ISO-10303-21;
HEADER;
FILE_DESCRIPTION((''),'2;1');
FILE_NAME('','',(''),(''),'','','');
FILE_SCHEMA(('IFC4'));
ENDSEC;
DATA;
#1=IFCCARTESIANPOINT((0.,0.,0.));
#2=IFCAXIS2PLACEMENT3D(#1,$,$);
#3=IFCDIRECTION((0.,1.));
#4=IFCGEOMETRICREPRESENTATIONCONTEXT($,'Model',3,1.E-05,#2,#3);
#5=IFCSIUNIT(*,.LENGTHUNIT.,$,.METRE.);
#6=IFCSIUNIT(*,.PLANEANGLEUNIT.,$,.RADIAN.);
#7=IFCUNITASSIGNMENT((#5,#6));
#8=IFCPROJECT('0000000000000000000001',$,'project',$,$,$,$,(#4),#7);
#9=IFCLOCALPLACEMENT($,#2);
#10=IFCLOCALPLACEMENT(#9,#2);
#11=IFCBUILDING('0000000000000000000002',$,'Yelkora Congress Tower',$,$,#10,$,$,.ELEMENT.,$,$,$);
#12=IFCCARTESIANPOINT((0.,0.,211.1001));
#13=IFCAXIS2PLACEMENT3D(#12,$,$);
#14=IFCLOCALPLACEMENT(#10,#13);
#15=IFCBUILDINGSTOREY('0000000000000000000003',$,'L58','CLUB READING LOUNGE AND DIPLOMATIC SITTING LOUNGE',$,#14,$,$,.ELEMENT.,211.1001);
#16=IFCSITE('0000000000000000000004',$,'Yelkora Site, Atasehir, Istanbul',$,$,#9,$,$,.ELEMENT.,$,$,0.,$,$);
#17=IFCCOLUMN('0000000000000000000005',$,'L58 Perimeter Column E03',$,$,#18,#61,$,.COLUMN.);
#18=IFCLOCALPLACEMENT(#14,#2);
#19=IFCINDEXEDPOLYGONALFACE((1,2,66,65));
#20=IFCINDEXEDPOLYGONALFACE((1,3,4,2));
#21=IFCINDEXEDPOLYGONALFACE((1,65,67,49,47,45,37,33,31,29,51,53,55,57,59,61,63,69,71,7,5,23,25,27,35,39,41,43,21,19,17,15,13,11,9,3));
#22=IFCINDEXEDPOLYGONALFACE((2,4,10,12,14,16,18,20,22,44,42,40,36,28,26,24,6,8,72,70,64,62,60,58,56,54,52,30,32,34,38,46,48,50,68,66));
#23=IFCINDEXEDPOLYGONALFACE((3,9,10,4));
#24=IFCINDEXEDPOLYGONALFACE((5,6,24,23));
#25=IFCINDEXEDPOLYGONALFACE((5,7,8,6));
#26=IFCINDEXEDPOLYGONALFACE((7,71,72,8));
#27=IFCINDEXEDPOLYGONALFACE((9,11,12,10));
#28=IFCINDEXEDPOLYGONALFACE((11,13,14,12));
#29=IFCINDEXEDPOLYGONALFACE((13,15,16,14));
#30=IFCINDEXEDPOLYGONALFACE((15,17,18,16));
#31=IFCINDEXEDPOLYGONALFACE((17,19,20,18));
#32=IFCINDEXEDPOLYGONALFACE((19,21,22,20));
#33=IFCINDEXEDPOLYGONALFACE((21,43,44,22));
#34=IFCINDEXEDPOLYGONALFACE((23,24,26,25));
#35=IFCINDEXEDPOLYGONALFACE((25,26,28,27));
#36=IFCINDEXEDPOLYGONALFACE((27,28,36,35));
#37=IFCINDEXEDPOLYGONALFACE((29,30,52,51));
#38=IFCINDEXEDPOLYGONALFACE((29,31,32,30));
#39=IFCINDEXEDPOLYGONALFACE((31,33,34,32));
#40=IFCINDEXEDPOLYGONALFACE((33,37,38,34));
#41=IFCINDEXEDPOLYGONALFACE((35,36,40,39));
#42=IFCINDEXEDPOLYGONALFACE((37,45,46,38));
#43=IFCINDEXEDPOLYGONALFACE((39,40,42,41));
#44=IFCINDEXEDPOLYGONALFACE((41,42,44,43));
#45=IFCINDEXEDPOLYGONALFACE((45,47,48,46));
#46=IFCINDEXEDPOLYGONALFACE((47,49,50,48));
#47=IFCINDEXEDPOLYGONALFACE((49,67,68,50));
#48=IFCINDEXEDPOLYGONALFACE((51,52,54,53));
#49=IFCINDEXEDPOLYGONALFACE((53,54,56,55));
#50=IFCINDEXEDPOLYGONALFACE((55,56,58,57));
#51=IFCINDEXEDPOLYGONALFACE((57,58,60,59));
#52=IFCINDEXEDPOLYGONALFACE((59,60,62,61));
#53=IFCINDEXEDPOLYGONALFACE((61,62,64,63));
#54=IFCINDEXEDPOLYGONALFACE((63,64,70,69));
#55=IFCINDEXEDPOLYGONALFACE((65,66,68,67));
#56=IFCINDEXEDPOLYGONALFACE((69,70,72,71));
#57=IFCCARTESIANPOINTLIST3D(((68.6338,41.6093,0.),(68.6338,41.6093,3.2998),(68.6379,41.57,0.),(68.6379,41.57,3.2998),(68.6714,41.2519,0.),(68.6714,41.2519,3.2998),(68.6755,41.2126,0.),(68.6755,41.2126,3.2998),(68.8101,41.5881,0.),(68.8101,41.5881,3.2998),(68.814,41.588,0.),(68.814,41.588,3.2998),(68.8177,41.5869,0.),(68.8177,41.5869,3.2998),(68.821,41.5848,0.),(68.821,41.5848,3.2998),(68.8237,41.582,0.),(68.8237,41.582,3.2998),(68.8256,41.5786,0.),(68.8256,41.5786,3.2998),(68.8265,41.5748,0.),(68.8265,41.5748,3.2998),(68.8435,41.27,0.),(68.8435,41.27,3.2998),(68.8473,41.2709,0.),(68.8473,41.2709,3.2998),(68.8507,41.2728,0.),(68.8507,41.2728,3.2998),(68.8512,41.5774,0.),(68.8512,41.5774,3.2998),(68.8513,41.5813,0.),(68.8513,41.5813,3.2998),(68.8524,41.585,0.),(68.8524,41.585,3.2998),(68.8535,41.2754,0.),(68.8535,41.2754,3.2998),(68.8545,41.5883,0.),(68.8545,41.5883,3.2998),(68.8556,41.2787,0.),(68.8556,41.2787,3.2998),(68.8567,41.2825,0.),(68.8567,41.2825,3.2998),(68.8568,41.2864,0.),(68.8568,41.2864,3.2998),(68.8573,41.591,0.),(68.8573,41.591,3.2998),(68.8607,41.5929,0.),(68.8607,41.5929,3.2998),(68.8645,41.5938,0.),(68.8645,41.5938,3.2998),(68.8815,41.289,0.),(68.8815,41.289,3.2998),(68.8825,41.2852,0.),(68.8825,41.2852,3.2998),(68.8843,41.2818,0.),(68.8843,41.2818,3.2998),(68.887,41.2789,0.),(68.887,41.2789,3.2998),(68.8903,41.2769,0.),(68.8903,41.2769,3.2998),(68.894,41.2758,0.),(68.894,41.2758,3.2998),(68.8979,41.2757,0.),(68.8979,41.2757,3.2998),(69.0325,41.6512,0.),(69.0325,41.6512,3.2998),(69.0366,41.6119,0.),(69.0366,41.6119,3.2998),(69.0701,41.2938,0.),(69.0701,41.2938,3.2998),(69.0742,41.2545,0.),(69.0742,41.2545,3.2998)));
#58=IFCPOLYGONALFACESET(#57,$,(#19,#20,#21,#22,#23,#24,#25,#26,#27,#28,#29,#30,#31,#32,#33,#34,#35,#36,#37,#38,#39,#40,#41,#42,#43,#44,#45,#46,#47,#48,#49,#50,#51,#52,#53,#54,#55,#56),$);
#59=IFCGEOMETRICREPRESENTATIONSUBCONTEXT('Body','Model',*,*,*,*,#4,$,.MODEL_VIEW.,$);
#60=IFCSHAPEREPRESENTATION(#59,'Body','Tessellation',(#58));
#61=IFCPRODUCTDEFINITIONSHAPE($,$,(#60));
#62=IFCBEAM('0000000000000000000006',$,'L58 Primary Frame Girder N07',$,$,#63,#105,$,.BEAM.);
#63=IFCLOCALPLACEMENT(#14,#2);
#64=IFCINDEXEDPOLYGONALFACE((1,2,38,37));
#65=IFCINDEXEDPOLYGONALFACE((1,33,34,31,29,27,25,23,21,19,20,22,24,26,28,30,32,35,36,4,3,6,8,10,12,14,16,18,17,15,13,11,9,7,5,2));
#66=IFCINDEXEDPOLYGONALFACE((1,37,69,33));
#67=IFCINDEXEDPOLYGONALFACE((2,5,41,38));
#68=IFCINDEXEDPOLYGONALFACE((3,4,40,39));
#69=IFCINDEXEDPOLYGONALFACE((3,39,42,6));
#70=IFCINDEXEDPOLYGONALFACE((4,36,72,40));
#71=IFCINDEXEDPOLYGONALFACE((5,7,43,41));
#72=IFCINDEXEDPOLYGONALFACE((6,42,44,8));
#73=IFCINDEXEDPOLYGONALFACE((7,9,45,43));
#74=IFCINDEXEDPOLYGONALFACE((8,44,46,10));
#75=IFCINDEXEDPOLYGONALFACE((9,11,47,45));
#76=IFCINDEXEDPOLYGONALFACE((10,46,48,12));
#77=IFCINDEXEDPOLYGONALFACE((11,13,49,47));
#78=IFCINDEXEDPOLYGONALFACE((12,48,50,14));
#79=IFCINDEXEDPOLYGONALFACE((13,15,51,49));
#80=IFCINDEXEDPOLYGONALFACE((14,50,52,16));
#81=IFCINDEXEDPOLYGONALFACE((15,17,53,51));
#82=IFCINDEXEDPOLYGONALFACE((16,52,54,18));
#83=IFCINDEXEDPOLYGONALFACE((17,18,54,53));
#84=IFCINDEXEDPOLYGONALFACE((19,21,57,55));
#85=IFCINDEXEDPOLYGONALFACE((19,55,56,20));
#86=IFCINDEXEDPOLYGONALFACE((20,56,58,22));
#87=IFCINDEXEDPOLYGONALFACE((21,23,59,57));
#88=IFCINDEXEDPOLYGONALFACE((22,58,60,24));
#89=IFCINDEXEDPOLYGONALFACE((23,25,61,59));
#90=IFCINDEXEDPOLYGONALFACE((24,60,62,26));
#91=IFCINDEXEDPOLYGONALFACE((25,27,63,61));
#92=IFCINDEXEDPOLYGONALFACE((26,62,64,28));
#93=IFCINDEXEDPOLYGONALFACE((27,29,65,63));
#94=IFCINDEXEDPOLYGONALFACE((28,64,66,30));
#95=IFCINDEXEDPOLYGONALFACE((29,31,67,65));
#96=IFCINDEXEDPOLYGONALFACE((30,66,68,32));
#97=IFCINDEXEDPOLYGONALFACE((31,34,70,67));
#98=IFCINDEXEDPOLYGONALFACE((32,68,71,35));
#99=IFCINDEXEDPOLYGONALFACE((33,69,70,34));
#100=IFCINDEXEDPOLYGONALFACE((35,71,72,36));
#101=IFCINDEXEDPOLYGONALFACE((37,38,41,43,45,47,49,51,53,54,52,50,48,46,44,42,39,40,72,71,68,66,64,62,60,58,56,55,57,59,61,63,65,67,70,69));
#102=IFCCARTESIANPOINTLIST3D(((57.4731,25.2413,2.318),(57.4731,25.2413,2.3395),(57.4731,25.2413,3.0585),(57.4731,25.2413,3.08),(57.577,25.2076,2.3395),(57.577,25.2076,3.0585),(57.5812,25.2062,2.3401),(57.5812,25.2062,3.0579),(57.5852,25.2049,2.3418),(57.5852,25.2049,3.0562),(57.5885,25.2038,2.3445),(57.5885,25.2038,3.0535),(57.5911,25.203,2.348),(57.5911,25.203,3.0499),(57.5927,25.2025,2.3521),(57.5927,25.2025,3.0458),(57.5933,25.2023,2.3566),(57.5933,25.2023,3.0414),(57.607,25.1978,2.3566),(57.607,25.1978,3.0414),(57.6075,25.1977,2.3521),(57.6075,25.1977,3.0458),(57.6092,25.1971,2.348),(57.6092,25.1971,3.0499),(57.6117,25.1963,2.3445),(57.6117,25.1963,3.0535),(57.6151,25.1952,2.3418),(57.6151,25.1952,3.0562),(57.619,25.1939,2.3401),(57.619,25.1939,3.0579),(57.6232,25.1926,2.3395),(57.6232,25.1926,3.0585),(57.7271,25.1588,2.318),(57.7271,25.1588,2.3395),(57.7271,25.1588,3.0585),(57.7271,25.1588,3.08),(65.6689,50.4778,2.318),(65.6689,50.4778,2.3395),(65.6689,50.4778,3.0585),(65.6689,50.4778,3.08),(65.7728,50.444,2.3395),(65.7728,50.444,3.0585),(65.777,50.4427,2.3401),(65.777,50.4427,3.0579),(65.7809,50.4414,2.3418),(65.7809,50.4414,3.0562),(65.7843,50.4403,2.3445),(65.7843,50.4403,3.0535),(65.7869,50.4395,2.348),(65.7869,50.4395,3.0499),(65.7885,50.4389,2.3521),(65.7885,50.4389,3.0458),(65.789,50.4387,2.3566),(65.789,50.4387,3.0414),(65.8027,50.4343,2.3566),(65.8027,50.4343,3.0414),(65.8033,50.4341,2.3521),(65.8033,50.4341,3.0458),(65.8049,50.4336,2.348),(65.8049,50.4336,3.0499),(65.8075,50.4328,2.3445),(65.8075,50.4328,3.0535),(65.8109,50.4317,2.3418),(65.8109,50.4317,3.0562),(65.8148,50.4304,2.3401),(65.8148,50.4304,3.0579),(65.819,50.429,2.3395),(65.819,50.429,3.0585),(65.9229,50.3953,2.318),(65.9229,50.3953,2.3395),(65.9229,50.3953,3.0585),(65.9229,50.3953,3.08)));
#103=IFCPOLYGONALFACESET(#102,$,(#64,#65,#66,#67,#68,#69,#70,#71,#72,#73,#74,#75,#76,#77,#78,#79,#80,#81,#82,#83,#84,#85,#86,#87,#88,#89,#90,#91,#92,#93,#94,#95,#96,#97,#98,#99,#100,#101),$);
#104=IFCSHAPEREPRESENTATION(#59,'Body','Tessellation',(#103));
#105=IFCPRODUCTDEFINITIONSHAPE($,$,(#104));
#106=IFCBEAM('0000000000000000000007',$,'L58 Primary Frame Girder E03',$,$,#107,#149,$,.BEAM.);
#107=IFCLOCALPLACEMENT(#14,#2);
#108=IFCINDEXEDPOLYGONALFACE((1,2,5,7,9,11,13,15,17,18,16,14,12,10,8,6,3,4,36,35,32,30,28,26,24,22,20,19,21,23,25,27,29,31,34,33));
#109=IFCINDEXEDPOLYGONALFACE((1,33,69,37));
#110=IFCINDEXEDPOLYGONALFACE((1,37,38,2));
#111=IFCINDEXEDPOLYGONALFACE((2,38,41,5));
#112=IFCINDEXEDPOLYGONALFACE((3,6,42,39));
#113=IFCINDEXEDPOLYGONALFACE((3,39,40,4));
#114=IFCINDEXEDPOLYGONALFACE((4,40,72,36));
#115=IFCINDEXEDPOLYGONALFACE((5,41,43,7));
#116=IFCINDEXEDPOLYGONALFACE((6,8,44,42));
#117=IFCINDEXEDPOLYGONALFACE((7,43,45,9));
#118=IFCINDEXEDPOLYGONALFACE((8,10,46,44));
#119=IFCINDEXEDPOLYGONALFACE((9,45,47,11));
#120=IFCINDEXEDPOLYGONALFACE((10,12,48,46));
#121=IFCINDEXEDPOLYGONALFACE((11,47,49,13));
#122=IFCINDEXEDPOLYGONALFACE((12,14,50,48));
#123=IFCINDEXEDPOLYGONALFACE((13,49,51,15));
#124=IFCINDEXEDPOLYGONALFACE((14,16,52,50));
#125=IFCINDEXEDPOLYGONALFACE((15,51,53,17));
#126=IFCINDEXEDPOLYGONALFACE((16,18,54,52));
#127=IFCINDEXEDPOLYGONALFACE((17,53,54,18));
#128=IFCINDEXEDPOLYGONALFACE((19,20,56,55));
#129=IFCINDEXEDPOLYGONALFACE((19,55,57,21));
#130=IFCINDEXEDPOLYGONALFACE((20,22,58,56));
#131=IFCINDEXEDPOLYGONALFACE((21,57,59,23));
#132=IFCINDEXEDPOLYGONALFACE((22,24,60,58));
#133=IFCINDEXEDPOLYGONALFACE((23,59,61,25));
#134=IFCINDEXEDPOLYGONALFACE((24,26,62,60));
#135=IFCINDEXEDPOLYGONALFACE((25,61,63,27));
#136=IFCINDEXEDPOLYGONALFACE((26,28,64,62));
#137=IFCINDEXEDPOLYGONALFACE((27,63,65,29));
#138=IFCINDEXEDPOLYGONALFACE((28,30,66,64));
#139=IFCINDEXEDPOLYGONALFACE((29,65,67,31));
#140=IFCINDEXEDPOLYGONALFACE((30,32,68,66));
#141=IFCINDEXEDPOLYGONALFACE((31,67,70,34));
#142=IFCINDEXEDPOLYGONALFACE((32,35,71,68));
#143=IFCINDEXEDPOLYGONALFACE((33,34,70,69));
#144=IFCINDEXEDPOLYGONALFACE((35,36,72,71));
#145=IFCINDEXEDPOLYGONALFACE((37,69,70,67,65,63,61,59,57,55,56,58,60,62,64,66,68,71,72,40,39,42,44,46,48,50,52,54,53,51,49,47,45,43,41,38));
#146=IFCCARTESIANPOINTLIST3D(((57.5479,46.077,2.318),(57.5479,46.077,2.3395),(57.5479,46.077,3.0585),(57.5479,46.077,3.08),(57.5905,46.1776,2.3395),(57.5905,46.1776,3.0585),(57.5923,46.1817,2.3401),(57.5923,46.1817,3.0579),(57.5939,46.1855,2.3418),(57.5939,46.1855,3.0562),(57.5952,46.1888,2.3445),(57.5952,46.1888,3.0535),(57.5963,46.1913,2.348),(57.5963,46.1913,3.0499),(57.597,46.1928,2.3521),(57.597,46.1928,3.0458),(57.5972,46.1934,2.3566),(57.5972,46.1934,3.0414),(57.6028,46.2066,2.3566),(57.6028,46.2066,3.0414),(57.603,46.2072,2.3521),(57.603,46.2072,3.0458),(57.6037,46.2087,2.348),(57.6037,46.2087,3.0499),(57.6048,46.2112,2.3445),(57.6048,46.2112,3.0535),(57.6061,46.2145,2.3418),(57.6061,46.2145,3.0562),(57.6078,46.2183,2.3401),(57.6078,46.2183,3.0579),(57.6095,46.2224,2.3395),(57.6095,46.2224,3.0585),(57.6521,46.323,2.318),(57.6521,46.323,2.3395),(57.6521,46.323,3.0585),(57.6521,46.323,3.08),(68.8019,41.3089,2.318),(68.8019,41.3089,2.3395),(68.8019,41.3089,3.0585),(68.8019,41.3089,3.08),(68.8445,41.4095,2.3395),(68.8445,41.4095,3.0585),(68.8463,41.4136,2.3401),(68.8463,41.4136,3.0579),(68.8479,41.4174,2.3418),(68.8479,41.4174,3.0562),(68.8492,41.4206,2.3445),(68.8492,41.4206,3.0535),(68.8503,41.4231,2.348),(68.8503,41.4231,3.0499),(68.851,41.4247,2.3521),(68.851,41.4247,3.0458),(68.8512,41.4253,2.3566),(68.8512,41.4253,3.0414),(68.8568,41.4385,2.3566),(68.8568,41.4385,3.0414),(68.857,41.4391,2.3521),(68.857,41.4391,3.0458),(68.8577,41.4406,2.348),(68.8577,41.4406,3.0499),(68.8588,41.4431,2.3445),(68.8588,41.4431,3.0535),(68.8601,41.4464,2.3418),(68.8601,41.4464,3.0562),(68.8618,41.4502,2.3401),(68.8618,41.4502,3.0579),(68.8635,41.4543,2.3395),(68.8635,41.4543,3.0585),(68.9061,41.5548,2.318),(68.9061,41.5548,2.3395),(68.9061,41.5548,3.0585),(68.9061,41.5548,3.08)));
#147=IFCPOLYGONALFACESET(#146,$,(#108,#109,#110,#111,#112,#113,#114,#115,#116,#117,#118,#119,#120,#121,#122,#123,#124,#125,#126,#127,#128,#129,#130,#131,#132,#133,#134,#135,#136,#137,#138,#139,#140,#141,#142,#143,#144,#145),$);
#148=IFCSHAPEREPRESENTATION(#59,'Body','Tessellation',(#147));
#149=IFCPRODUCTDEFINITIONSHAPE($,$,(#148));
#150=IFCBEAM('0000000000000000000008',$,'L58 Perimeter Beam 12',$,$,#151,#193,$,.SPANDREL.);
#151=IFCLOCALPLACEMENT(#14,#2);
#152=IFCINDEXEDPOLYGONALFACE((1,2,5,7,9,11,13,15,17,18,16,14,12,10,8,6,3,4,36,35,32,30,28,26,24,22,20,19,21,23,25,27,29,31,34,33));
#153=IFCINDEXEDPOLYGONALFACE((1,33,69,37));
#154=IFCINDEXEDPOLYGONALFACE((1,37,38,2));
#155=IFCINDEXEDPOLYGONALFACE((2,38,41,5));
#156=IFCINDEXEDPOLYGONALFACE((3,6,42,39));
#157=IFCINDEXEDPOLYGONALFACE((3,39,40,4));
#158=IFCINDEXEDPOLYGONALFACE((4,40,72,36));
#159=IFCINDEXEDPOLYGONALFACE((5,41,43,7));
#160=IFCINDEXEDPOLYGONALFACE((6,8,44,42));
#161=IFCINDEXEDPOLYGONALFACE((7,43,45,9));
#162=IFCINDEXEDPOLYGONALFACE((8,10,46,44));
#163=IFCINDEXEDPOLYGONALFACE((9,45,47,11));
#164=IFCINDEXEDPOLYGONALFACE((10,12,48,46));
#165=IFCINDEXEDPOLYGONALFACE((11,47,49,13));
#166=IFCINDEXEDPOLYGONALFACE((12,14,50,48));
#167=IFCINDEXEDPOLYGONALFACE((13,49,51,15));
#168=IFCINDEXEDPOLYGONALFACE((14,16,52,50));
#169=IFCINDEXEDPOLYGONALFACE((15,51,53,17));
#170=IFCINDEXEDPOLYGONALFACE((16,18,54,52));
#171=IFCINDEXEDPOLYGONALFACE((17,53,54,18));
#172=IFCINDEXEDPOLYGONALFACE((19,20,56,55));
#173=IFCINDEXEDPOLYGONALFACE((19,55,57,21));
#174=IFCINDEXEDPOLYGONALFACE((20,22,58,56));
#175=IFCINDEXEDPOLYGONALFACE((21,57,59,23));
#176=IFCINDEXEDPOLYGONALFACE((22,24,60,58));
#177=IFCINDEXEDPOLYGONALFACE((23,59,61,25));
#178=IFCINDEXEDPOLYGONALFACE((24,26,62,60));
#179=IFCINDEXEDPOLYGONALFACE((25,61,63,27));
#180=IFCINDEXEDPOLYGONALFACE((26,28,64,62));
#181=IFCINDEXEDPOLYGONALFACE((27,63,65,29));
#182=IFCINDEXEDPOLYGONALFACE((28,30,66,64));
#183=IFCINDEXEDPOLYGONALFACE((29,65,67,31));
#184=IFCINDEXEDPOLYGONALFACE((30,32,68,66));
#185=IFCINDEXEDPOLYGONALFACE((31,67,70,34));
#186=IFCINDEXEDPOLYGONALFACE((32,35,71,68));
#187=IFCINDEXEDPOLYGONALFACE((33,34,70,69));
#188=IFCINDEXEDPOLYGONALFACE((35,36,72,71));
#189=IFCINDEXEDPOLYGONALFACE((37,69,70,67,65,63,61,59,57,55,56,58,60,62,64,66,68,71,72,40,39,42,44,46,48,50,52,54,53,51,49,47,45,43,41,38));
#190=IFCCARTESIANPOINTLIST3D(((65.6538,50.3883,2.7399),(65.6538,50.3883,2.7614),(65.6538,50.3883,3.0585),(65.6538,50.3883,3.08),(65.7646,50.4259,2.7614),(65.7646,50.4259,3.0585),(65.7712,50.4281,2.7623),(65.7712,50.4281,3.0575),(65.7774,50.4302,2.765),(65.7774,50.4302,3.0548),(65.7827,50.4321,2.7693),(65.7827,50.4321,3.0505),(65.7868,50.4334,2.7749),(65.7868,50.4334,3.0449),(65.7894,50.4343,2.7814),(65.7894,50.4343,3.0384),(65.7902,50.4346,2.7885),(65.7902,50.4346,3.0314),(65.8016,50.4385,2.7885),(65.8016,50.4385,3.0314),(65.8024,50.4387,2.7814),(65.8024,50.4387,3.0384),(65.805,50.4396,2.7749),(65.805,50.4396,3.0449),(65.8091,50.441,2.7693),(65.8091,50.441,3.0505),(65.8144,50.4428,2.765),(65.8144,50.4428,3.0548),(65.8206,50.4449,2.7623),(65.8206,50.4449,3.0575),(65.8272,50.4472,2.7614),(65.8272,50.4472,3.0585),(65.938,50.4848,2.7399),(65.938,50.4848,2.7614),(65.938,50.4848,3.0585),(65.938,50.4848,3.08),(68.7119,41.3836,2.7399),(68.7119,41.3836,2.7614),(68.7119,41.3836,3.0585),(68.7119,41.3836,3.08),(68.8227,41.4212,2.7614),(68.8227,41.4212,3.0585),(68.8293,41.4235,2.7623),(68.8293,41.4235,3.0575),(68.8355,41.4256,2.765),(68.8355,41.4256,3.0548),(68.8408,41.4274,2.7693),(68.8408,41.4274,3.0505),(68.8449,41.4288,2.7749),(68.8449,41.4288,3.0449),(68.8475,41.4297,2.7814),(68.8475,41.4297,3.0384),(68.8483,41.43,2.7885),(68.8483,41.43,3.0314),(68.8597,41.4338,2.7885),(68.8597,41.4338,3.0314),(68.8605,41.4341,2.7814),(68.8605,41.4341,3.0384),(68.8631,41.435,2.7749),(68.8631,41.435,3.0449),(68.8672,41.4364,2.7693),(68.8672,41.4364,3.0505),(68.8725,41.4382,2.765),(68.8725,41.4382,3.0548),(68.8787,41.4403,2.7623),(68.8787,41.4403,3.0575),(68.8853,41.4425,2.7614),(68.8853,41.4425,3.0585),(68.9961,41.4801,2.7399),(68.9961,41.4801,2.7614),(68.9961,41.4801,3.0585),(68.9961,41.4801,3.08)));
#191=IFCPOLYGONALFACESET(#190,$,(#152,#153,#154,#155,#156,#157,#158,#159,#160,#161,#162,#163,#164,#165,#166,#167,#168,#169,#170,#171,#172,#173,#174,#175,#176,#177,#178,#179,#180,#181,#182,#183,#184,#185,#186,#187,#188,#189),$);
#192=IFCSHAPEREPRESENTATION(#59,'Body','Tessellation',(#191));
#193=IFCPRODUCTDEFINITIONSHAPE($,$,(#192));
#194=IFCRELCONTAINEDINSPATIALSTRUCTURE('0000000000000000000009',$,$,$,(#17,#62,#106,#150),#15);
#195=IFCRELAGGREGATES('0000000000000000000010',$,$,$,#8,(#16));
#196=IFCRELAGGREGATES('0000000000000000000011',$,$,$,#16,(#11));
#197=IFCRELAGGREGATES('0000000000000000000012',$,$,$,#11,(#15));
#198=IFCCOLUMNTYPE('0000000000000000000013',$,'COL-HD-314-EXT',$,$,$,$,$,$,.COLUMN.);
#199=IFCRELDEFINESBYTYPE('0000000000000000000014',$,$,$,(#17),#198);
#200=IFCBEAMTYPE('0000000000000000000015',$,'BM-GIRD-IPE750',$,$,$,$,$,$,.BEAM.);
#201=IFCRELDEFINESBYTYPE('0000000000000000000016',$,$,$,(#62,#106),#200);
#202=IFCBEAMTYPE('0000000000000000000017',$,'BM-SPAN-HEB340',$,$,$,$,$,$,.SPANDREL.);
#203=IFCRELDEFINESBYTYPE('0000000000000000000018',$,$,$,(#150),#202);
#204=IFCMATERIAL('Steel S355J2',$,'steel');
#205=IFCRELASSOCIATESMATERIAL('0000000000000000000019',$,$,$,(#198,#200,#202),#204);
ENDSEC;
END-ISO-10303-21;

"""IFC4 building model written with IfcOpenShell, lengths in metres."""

from ifc_helpers import new_model, si_unit, direction, frame, origin, origin_2d, place, context, subcontext, project, spatial, i_section, extrude, material, material_profile, profile_set, type_object, element, save


model = new_model("IFC4")

# Units and contexts
model_context = context("Model", 3, precision=1e-05, world=origin(), true_north=direction((0.0, 1.0)))
body_context = subcontext(model_context, "Body", "Model", "MODEL_VIEW")
ifc_project = project(units=[si_unit("LENGTHUNIT", "METRE"), si_unit("PLANEANGLEUNIT", "RADIAN")], contexts=[model_context])

# Site, building, storey
site_placement = place(None, origin())
site = spatial("IfcSite", under=ifc_project, at=site_placement, Name="Yelkora Site, Atasehir, Istanbul", CompositionType="ELEMENT", RefElevation=0.0)
building_placement = place(site_placement, origin())
building = spatial("IfcBuilding", under=site, at=building_placement, Name="Yelkora Congress Tower", CompositionType="ELEMENT")
storey_placement = place(building_placement, frame((0.0, 0.0, 211.1001)))
storey = spatial("IfcBuildingStorey", under=building, at=storey_placement, Name="L58", Description="CLUB READING LOUNGE AND DIPLOMATIC SITTING LOUNGE", CompositionType="ELEMENT", Elevation=211.1001)

# Column
ifc_material_1 = material(Name="Steel S355J2", Category="steel")
ifc_material_profile_1 = material_profile(ifc_material_1, i_section(OverallWidth=0.4009, OverallDepth=0.3989, WebThickness=0.0249, FlangeThickness=0.0396, FilletRadius=0.0149, at=origin_2d()), Name="HD 400x314")
ifc_profile_set_1 = profile_set([ifc_material_profile_1], Name="Steel S355J2")
column_type = type_object("IfcColumnType", Name="COL-HD-314-EXT", PredefinedType="COLUMN", material=ifc_profile_set_1)
column_placement = place(storey_placement, frame((68.854, 41.4319, 0.0), z_axis=(0.0, 0.0, 1.0), x_axis=(0.994522, 0.104528, 0.0)))
element("IfcColumn", 1, at=column_placement, inside=storey, type_object=column_type, Name="L58 Perimeter Column E03", PredefinedType="COLUMN", context=body_context, shape_type="SweptSolid", body=[
    extrude(i_section(OverallWidth=0.4009, OverallDepth=0.3989, WebThickness=0.0249, FlangeThickness=0.0396, FilletRadius=0.0149, at=origin_2d()), origin(), (0.0, 0.0, 1.0), 3.2998),
])

# Beams
ifc_material_profile_2 = material_profile(ifc_material_1, i_section(OverallWidth=0.2671, OverallDepth=0.762, WebThickness=0.0144, FlangeThickness=0.0215, FilletRadius=0.0171, at=origin_2d()), Name="IPE 750x173")
ifc_profile_set_2 = profile_set([ifc_material_profile_2], Name="Steel S355J2")
beam_type_1 = type_object("IfcBeamType", Name="BM-GIRD-IPE750", PredefinedType="BEAM", material=ifc_profile_set_2)
beam_1_placement = place(storey_placement, frame((65.7959, 50.4365, 2.699), z_axis=(-0.308879, -0.951101, 0.0), x_axis=(0.951101, -0.308879, 0.0)))
element("IfcBeam", 2, at=beam_1_placement, inside=storey, type_object=beam_type_1, Name="L58 Primary Frame Girder N07", PredefinedType="BEAM", context=body_context, shape_type="SweptSolid", body=[
    extrude(i_section(OverallWidth=0.2671, OverallDepth=0.762, WebThickness=0.0144, FlangeThickness=0.0215, FilletRadius=0.0171, at=origin_2d()), origin(), (0.0, 0.0, 1.0), 26.5339),
])
beam_2_placement = place(storey_placement, frame((68.854, 41.4319, 2.699), z_axis=(-0.920768, 0.390112, 0.0), x_axis=(-0.390112, -0.920768, 0.0)))
element("IfcBeam", 3, at=beam_2_placement, inside=storey, type_object=beam_type_1, Name="L58 Primary Frame Girder E03", PredefinedType="BEAM", context=body_context, shape_type="SweptSolid", body=[
    extrude(i_section(OverallWidth=0.2671, OverallDepth=0.762, WebThickness=0.0144, FlangeThickness=0.0215, FilletRadius=0.0171, at=origin_2d()), origin(), (0.0, 0.0, 1.0), 12.2224),
])
ifc_material_profile_3 = material_profile(ifc_material_1, i_section(OverallWidth=0.3, OverallDepth=0.3401, WebThickness=0.012, FlangeThickness=0.0215, FilletRadius=0.0271, at=origin_2d()), Name="HEB 340")
ifc_profile_set_3 = profile_set([ifc_material_profile_3], Name="Steel S355J2")
beam_type_2 = type_object("IfcBeamType", Name="BM-SPAN-HEB340", PredefinedType="SPANDREL", material=ifc_profile_set_3)
beam_3_placement = place(storey_placement, frame((68.854, 41.4319, 2.9099), z_axis=(-0.321575, 0.946884, 0.0), x_axis=(-0.946884, -0.321575, 0.0)))
element("IfcBeam", 4, at=beam_3_placement, inside=storey, type_object=beam_type_2, Name="L58 Perimeter Beam 12", PredefinedType="SPANDREL", context=body_context, shape_type="SweptSolid", body=[
    extrude(i_section(OverallWidth=0.3, OverallDepth=0.3401, WebThickness=0.012, FlangeThickness=0.0215, FilletRadius=0.0271, at=origin_2d()), origin(), (0.0, 0.0, 1.0), 9.5098),
])

save(model, "model.ifc")
